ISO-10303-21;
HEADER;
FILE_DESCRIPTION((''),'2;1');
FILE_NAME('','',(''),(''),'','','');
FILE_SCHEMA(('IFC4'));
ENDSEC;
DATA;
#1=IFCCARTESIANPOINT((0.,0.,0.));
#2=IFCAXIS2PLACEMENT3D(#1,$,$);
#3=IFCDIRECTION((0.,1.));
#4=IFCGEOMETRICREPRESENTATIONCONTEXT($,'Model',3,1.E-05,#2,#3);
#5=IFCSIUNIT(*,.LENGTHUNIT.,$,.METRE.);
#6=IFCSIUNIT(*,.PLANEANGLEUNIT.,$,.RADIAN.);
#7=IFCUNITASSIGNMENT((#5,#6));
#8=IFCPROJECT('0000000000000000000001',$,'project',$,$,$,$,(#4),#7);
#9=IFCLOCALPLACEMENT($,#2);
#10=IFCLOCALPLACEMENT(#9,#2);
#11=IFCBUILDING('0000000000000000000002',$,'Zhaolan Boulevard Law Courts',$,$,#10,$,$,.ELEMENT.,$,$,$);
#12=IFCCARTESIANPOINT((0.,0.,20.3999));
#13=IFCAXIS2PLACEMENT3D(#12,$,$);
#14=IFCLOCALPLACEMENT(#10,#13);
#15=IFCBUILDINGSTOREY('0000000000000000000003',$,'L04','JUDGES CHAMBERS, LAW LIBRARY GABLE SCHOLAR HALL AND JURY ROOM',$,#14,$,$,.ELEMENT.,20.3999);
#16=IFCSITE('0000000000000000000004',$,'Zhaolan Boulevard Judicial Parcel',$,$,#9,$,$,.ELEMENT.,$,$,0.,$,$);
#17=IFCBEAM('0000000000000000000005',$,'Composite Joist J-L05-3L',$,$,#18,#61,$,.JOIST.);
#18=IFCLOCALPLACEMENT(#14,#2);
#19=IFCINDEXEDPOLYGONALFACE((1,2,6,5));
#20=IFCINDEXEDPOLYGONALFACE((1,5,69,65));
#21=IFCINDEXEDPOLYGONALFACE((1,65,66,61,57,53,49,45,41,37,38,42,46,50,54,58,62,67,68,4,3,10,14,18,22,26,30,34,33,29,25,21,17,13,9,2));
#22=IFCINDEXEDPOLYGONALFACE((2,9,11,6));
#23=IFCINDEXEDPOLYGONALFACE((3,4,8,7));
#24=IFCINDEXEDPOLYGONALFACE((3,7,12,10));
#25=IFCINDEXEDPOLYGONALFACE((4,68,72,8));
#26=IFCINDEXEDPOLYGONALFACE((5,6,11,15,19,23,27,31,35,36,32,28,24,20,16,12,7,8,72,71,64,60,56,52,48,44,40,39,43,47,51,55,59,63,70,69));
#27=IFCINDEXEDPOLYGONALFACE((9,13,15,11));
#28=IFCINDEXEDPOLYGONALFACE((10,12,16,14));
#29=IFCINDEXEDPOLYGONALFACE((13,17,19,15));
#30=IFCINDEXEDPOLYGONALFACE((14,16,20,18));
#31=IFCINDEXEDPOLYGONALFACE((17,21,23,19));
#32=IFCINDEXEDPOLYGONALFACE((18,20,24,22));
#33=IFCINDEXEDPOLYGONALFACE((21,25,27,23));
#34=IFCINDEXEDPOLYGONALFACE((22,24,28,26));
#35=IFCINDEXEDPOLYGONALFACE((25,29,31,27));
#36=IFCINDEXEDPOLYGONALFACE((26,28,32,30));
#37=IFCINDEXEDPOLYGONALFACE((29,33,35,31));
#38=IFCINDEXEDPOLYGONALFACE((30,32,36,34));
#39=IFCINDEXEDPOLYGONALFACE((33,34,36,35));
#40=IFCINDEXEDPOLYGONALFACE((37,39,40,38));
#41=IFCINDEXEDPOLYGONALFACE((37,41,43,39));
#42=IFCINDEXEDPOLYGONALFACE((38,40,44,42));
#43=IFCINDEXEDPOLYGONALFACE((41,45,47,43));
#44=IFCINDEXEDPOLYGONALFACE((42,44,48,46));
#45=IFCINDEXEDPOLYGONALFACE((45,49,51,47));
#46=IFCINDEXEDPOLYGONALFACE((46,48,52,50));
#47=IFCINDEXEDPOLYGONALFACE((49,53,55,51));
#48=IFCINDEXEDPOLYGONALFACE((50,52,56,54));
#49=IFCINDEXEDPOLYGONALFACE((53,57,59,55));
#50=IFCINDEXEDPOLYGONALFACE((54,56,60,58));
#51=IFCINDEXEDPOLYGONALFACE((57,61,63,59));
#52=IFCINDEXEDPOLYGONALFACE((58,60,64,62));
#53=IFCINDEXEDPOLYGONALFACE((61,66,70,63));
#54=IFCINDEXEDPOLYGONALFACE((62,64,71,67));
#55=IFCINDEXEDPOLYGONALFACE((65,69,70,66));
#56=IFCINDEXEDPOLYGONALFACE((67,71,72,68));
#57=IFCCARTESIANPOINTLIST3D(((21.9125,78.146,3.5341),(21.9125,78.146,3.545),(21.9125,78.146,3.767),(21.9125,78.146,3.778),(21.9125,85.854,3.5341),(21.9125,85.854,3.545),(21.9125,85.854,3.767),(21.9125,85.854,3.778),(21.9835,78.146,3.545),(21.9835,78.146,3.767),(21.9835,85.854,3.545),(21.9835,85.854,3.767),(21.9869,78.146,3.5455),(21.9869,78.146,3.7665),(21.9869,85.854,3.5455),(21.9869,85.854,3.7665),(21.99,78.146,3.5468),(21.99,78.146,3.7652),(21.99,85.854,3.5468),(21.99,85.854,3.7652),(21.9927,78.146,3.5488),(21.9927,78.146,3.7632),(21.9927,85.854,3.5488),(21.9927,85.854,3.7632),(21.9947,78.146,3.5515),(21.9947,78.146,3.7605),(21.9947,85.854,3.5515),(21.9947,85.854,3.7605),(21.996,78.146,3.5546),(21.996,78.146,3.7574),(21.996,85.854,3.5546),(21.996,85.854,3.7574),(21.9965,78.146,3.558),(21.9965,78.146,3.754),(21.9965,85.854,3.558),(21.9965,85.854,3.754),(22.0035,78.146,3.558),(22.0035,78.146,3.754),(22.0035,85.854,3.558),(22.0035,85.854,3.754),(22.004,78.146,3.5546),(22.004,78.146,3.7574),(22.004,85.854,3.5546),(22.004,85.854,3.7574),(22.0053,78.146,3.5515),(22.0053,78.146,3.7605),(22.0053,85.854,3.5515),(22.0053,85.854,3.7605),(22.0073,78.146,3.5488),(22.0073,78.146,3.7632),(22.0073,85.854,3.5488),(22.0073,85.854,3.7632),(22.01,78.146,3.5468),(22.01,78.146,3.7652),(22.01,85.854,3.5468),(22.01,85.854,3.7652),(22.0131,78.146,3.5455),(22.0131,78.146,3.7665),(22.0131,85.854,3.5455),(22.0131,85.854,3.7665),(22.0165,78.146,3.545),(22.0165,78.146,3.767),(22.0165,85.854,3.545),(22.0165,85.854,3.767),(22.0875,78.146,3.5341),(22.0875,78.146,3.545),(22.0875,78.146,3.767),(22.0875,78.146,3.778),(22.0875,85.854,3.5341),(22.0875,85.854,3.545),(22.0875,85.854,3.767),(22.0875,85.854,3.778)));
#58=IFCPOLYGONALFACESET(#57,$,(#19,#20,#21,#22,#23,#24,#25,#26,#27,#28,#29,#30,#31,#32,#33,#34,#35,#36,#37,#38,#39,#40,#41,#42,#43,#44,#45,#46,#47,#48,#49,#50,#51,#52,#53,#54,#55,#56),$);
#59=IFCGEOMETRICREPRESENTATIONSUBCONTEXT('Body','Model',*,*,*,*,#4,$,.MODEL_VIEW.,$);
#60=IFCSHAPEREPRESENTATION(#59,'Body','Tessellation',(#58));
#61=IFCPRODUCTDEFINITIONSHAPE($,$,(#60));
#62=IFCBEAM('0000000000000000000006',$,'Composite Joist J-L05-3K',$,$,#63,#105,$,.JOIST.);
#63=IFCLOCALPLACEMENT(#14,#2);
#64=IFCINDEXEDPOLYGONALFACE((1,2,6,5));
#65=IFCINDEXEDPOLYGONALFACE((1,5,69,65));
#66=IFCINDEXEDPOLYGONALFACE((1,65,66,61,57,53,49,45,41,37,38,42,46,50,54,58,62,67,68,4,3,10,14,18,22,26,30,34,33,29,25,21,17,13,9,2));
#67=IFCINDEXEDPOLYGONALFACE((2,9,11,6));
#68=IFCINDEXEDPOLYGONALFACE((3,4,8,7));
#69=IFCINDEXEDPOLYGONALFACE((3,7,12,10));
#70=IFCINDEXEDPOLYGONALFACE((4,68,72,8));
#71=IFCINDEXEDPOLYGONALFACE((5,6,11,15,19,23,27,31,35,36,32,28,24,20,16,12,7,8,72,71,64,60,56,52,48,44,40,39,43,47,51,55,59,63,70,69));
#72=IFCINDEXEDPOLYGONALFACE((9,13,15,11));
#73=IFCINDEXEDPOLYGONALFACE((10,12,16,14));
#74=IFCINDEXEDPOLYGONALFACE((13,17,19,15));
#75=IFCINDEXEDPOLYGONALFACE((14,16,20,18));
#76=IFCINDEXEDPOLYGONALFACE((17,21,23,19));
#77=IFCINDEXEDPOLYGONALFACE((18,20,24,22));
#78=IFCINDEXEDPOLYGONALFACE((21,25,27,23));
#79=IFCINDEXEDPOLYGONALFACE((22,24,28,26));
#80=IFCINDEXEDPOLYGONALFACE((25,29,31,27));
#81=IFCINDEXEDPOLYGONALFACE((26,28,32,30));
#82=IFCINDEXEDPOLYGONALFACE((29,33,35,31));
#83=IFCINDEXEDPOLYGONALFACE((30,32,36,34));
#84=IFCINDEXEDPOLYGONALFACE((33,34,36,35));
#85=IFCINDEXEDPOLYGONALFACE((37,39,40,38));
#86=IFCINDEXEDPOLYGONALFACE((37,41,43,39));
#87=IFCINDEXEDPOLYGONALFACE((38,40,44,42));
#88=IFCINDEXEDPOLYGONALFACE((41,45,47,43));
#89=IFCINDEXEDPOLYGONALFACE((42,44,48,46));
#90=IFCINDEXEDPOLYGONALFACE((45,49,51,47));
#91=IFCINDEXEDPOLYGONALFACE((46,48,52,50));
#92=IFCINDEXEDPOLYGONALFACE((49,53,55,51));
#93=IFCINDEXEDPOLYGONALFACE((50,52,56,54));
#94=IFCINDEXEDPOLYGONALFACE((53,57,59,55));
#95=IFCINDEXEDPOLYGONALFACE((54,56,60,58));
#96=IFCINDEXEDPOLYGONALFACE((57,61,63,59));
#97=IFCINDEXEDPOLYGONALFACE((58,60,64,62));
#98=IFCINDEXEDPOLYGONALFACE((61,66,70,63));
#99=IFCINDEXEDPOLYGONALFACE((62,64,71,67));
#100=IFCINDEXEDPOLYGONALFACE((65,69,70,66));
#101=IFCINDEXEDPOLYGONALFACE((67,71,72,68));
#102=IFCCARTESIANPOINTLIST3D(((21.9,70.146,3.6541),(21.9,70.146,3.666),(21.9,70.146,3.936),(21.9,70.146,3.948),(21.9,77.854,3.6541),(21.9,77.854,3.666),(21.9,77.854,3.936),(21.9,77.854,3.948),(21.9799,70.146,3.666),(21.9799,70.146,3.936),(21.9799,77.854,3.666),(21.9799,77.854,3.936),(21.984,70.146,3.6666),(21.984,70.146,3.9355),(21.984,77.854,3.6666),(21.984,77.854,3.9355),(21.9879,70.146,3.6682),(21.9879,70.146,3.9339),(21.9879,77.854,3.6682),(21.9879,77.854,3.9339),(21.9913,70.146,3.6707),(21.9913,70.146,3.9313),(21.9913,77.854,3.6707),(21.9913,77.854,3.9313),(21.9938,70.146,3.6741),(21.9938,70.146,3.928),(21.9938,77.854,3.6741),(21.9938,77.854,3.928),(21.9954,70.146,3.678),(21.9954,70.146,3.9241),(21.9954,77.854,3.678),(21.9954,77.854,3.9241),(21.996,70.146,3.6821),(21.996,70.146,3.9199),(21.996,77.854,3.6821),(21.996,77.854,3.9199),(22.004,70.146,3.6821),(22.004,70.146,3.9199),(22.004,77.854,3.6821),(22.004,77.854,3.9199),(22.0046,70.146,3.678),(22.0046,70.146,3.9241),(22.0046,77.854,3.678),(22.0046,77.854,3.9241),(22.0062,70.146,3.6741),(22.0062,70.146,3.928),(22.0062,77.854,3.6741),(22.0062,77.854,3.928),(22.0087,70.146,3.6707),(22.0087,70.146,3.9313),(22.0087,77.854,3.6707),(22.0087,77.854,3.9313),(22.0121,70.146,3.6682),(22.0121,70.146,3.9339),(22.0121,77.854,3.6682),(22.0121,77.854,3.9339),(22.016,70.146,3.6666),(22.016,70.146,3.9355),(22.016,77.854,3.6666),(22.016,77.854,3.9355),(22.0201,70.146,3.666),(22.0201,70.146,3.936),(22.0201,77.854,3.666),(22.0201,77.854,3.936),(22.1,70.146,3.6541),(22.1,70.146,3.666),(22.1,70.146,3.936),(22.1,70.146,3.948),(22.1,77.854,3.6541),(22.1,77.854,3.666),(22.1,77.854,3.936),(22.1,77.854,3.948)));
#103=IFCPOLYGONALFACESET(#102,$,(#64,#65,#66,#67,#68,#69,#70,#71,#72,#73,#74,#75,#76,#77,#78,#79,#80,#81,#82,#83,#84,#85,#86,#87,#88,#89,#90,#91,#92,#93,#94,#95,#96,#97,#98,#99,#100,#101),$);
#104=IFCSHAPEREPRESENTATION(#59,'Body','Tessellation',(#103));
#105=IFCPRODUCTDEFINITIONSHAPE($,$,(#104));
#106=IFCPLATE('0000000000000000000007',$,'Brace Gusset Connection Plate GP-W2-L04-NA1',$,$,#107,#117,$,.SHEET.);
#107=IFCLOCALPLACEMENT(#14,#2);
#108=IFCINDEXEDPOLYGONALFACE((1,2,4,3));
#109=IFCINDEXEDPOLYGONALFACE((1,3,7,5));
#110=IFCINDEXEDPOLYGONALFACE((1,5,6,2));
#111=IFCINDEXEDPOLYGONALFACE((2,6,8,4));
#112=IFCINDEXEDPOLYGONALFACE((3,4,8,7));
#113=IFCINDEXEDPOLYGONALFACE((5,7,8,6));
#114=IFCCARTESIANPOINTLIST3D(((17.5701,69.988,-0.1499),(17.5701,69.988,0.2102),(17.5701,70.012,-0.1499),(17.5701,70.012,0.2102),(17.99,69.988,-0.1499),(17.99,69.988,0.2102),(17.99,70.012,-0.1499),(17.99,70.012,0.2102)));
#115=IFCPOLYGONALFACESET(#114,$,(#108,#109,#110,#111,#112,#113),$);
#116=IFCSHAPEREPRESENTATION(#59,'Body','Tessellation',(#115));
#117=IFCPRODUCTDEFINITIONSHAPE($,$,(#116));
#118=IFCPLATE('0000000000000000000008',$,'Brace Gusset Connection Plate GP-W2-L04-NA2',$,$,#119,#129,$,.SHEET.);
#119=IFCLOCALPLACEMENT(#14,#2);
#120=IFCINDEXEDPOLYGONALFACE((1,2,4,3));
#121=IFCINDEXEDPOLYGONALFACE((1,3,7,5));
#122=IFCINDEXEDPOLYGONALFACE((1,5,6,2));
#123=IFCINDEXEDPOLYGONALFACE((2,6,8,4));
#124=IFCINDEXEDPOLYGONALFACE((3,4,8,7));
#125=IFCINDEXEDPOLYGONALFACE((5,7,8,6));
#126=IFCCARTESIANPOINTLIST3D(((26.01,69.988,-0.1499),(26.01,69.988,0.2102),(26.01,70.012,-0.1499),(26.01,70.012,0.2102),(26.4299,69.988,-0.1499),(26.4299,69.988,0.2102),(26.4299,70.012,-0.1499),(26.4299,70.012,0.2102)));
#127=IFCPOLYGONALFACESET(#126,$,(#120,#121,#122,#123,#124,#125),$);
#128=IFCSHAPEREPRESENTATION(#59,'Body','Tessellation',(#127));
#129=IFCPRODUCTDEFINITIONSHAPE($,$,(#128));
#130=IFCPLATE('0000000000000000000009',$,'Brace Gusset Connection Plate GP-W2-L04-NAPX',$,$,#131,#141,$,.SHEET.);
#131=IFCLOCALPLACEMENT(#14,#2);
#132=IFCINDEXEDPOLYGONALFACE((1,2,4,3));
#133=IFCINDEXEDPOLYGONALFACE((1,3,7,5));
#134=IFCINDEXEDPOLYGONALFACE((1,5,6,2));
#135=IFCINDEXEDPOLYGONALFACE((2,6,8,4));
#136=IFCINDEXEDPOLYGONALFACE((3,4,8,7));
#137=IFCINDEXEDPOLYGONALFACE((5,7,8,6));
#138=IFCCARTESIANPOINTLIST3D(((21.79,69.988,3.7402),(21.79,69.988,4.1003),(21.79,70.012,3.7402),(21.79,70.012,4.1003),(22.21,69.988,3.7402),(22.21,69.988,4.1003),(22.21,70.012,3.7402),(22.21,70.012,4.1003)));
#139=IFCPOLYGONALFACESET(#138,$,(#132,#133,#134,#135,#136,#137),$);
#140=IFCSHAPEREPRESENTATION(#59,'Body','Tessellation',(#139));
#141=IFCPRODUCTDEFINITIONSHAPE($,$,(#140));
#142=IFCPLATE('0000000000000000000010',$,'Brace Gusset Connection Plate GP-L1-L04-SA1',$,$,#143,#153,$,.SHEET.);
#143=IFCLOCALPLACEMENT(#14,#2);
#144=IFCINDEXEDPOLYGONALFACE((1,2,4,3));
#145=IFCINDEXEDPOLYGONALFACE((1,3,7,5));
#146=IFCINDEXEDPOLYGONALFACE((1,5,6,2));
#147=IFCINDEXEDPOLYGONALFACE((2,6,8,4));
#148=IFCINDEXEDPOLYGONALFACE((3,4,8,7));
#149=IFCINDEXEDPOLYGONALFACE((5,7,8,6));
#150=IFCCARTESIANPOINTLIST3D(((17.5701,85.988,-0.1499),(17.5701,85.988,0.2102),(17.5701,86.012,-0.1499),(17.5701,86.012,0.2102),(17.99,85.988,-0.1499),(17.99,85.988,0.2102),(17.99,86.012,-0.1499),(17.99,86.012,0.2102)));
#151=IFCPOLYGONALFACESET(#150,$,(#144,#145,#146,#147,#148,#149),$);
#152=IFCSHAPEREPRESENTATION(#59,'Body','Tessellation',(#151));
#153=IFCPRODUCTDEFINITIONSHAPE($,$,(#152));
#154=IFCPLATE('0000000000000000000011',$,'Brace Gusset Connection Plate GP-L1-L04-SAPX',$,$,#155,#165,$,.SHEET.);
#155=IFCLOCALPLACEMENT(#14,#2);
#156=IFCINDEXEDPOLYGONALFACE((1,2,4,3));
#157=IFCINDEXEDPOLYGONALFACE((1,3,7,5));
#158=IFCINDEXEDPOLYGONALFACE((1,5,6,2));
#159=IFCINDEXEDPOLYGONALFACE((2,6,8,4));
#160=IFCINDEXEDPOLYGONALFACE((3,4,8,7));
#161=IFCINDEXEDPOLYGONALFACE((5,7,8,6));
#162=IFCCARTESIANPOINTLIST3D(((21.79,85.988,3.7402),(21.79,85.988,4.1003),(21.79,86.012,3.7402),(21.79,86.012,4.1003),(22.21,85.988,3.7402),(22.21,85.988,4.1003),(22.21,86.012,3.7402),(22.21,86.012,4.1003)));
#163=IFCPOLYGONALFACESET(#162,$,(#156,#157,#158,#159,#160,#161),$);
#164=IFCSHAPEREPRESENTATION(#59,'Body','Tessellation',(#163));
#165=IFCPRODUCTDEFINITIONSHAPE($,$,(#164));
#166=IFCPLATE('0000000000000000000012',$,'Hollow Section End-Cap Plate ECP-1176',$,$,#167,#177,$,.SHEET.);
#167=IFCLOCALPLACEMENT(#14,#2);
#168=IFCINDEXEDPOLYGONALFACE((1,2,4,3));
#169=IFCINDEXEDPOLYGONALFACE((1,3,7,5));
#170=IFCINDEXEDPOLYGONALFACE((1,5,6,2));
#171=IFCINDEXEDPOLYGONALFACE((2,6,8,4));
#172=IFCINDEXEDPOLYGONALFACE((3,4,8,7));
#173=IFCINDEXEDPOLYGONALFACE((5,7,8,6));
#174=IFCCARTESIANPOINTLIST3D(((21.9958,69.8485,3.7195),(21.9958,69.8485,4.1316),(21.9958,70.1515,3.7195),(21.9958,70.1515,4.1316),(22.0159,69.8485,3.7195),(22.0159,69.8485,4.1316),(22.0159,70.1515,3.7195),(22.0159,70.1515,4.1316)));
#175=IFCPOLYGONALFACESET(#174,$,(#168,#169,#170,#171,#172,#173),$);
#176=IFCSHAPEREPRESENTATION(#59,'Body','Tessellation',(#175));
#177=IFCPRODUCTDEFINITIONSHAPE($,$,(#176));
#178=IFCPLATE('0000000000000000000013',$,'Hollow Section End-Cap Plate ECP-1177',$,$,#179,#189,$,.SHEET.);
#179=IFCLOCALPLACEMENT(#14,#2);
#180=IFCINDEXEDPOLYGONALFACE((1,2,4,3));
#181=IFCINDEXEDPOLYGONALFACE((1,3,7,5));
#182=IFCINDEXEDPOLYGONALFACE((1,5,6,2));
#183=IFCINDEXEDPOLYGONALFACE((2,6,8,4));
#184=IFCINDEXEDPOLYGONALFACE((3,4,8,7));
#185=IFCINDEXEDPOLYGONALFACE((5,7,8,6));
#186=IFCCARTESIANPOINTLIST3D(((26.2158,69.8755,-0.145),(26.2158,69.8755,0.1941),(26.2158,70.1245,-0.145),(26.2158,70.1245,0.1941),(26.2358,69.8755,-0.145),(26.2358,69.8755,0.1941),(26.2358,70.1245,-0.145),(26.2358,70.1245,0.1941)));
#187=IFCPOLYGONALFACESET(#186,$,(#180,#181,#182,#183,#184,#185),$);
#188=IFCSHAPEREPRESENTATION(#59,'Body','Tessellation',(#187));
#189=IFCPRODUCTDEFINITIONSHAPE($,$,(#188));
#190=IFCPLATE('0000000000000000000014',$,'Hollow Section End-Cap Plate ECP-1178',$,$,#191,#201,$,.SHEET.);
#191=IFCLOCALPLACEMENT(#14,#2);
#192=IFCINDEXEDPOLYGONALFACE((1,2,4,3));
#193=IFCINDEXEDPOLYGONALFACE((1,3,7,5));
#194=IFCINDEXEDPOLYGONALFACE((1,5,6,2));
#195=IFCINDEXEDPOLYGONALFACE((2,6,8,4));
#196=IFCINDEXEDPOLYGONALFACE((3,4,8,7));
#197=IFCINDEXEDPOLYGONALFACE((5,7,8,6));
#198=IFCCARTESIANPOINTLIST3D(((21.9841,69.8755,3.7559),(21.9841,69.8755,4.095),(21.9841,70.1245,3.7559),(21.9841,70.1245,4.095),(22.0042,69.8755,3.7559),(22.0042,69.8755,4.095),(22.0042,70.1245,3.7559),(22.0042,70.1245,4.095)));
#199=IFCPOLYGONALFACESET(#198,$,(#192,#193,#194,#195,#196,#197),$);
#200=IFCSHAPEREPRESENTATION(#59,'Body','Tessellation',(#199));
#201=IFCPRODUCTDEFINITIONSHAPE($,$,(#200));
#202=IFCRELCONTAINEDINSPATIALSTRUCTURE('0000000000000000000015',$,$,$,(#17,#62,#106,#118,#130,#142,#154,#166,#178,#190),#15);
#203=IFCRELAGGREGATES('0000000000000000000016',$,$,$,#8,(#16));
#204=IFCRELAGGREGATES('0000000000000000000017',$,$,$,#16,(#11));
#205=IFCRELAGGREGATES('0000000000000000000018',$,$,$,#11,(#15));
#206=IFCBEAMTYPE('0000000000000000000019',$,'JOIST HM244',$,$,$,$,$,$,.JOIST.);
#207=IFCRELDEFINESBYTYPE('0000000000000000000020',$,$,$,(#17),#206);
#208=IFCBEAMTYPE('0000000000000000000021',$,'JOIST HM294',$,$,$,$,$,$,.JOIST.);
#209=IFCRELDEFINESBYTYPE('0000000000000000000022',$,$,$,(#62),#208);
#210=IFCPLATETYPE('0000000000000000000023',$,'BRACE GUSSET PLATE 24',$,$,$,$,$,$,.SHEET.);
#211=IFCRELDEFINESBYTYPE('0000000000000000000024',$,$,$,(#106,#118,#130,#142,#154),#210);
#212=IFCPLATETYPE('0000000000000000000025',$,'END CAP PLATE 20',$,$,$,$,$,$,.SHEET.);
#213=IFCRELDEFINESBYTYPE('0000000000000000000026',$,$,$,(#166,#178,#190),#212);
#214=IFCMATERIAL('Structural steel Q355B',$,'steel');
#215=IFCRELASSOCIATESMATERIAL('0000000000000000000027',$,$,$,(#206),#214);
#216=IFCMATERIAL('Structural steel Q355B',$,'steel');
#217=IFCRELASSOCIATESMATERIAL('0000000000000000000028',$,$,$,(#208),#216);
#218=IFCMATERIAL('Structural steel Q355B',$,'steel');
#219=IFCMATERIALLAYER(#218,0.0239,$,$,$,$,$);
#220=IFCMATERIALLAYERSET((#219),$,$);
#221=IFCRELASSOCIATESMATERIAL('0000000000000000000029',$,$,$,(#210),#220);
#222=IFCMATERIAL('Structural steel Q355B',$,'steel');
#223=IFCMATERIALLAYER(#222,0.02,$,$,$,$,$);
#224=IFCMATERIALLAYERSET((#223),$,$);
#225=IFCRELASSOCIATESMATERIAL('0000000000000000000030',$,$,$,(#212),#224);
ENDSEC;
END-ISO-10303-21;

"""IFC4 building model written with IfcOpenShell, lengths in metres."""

from ifc_helpers import new_model, si_unit, direction, frame, origin, origin_2d, place, context, subcontext, project, spatial, rectangle, i_section, extrude, material, layer, layer_set, material_profile, profile_set, type_object, element, save


model = new_model("IFC4")

# Units and contexts
model_context = context("Model", 3, precision=1e-05, world=origin(), true_north=direction((0.0, 1.0)))
body_context = subcontext(model_context, "Body", "Model", "MODEL_VIEW")
ifc_project = project(units=[si_unit("LENGTHUNIT", "METRE"), si_unit("PLANEANGLEUNIT", "RADIAN")], contexts=[model_context])

# Site, building, storey
site_placement = place(None, origin())
site = spatial("IfcSite", under=ifc_project, at=site_placement, Name="Zhaolan Boulevard Judicial Parcel", CompositionType="ELEMENT", RefElevation=0.0)
building_placement = place(site_placement, origin())
building = spatial("IfcBuilding", under=site, at=building_placement, Name="Zhaolan Boulevard Law Courts", CompositionType="ELEMENT")
storey_placement = place(building_placement, frame((0.0, 0.0, 20.3999)))
storey = spatial("IfcBuildingStorey", under=building, at=storey_placement, Name="L04", Description="JUDGES CHAMBERS, LAW LIBRARY GABLE SCHOLAR HALL AND JURY ROOM", CompositionType="ELEMENT", Elevation=20.3999)

# Beams
ifc_material_1 = material(Name="Structural steel Q355B", Category="steel")
ifc_material_profile_1 = material_profile(ifc_material_1, i_section(OverallWidth=0.175, OverallDepth=0.2439, WebThickness=0.0071, FlangeThickness=0.011, FilletRadius=0.0129, at=origin_2d()), Name="HM244x175")
ifc_profile_set_1 = profile_set([ifc_material_profile_1], Name="Structural steel Q355B")
beam_type_1 = type_object("IfcBeamType", Name="JOIST HM244", PredefinedType="JOIST", material=ifc_profile_set_1)
beam_1_placement = place(storey_placement, frame((22.0, 78.146, 3.656), z_axis=(0.0, 1.0, 0.0), x_axis=(-1.0, 0.0, 0.0)))
element("IfcBeam", 1, at=beam_1_placement, inside=storey, type_object=beam_type_1, Name="Composite Joist J-L05-3L", PredefinedType="JOIST", context=body_context, shape_type="SweptSolid", body=[
    extrude(i_section(OverallWidth=0.175, OverallDepth=0.2439, WebThickness=0.0071, FlangeThickness=0.011, FilletRadius=0.0129, at=origin_2d()), origin(), (0.0, 0.0, 1.0), 7.708),
])
ifc_material_2 = material(Name="Structural steel Q355B", Category="steel")
ifc_material_profile_2 = material_profile(ifc_material_2, i_section(OverallWidth=0.2, OverallDepth=0.2939, WebThickness=0.0081, FlangeThickness=0.012, FilletRadius=0.0161, at=origin_2d()), Name="HM294x200")
ifc_profile_set_2 = profile_set([ifc_material_profile_2], Name="Structural steel Q355B")
beam_type_2 = type_object("IfcBeamType", Name="JOIST HM294", PredefinedType="JOIST", material=ifc_profile_set_2)
beam_2_placement = place(storey_placement, frame((22.0, 70.146, 3.801), z_axis=(0.0, 1.0, 0.0), x_axis=(-1.0, 0.0, 0.0)))
element("IfcBeam", 2, at=beam_2_placement, inside=storey, type_object=beam_type_2, Name="Composite Joist J-L05-3K", PredefinedType="JOIST", context=body_context, shape_type="SweptSolid", body=[
    extrude(i_section(OverallWidth=0.2, OverallDepth=0.2939, WebThickness=0.0081, FlangeThickness=0.012, FilletRadius=0.0161, at=origin_2d()), origin(), (0.0, 0.0, 1.0), 7.708),
])

# Plates
ifc_material_3 = material(Name="Structural steel Q355B", Category="steel")
ifc_layer_1 = layer(ifc_material_3, 0.0239)
ifc_layer_set_1 = layer_set([ifc_layer_1])
plate_type_1 = type_object("IfcPlateType", Name="BRACE GUSSET PLATE 24", PredefinedType="SHEET", material=ifc_layer_set_1)
for number, where, z_axis, x_axis, name in (
    (3, (17.78, 70.0, -0.1499), (0.0, 0.0, 1.0), (1.0, 0.0, 0.0), "Brace Gusset Connection Plate GP-W2-L04-NA1"),
    (4, (26.22, 70.0, -0.1499), (0.0, 0.0, 1.0), (1.0, 0.0, 0.0), "Brace Gusset Connection Plate GP-W2-L04-NA2"),
    (5, (22.0, 70.0, 3.7402), (0.0, 0.0, 1.0), (1.0, 0.0, 0.0), "Brace Gusset Connection Plate GP-W2-L04-NAPX"),
    (6, (17.78, 86.0, -0.1499), (0.0, 0.0, 1.0), (1.0, 0.0, 0.0), "Brace Gusset Connection Plate GP-L1-L04-SA1"),
    (7, (22.0, 86.0, 3.7402), (0.0, 0.0, 1.0), (1.0, 0.0, 0.0), "Brace Gusset Connection Plate GP-L1-L04-SAPX"),
):
    element("IfcPlate", number, at=place(storey_placement, frame(where, z_axis=z_axis, x_axis=x_axis)), inside=storey, type_object=plate_type_1, Name=name, PredefinedType="SHEET", context=body_context, shape_type="SweptSolid", body=[
        extrude(rectangle(XDim=0.4199, YDim=0.0239, at=origin_2d()), origin(), (0.0, 0.0, 1.0), 0.3601),
    ])
ifc_material_4 = material(Name="Structural steel Q355B", Category="steel")
ifc_layer_2 = layer(ifc_material_4, 0.02)
ifc_layer_set_2 = layer_set([ifc_layer_2])
plate_type_2 = type_object("IfcPlateType", Name="END CAP PLATE 20", PredefinedType="SHEET", material=ifc_layer_set_2)
plate_1_placement = place(storey_placement, frame((22.0059, 70.0, 3.7195), z_axis=(0.0, 0.0, 1.0), x_axis=(1.0, 0.0, 0.0)))
element("IfcPlate", 8, at=plate_1_placement, inside=storey, type_object=plate_type_2, Name="Hollow Section End-Cap Plate ECP-1176", PredefinedType="SHEET", context=body_context, shape_type="SweptSolid", body=[
    extrude(rectangle(XDim=0.02, YDim=0.303, at=origin_2d()), origin(), (0.0, 0.0, 1.0), 0.4121),
])
for number, where, z_axis, x_axis, name in (
    (9, (26.2258, 70.0, -0.145), (0.0, 0.0, 1.0), (-1.0, 0.0, 0.0), "Hollow Section End-Cap Plate ECP-1177"),
    (10, (21.9941, 70.0, 3.7559), (0.0, 0.0, 1.0), (-1.0, 0.0, 0.0), "Hollow Section End-Cap Plate ECP-1178"),
):
    element("IfcPlate", number, at=place(storey_placement, frame(where, z_axis=z_axis, x_axis=x_axis)), inside=storey, type_object=plate_type_2, Name=name, PredefinedType="SHEET", context=body_context, shape_type="SweptSolid", body=[
        extrude(rectangle(XDim=0.02, YDim=0.249, at=origin_2d()), origin(), (0.0, 0.0, 1.0), 0.3391),
    ])

save(model, "model.ifc")
